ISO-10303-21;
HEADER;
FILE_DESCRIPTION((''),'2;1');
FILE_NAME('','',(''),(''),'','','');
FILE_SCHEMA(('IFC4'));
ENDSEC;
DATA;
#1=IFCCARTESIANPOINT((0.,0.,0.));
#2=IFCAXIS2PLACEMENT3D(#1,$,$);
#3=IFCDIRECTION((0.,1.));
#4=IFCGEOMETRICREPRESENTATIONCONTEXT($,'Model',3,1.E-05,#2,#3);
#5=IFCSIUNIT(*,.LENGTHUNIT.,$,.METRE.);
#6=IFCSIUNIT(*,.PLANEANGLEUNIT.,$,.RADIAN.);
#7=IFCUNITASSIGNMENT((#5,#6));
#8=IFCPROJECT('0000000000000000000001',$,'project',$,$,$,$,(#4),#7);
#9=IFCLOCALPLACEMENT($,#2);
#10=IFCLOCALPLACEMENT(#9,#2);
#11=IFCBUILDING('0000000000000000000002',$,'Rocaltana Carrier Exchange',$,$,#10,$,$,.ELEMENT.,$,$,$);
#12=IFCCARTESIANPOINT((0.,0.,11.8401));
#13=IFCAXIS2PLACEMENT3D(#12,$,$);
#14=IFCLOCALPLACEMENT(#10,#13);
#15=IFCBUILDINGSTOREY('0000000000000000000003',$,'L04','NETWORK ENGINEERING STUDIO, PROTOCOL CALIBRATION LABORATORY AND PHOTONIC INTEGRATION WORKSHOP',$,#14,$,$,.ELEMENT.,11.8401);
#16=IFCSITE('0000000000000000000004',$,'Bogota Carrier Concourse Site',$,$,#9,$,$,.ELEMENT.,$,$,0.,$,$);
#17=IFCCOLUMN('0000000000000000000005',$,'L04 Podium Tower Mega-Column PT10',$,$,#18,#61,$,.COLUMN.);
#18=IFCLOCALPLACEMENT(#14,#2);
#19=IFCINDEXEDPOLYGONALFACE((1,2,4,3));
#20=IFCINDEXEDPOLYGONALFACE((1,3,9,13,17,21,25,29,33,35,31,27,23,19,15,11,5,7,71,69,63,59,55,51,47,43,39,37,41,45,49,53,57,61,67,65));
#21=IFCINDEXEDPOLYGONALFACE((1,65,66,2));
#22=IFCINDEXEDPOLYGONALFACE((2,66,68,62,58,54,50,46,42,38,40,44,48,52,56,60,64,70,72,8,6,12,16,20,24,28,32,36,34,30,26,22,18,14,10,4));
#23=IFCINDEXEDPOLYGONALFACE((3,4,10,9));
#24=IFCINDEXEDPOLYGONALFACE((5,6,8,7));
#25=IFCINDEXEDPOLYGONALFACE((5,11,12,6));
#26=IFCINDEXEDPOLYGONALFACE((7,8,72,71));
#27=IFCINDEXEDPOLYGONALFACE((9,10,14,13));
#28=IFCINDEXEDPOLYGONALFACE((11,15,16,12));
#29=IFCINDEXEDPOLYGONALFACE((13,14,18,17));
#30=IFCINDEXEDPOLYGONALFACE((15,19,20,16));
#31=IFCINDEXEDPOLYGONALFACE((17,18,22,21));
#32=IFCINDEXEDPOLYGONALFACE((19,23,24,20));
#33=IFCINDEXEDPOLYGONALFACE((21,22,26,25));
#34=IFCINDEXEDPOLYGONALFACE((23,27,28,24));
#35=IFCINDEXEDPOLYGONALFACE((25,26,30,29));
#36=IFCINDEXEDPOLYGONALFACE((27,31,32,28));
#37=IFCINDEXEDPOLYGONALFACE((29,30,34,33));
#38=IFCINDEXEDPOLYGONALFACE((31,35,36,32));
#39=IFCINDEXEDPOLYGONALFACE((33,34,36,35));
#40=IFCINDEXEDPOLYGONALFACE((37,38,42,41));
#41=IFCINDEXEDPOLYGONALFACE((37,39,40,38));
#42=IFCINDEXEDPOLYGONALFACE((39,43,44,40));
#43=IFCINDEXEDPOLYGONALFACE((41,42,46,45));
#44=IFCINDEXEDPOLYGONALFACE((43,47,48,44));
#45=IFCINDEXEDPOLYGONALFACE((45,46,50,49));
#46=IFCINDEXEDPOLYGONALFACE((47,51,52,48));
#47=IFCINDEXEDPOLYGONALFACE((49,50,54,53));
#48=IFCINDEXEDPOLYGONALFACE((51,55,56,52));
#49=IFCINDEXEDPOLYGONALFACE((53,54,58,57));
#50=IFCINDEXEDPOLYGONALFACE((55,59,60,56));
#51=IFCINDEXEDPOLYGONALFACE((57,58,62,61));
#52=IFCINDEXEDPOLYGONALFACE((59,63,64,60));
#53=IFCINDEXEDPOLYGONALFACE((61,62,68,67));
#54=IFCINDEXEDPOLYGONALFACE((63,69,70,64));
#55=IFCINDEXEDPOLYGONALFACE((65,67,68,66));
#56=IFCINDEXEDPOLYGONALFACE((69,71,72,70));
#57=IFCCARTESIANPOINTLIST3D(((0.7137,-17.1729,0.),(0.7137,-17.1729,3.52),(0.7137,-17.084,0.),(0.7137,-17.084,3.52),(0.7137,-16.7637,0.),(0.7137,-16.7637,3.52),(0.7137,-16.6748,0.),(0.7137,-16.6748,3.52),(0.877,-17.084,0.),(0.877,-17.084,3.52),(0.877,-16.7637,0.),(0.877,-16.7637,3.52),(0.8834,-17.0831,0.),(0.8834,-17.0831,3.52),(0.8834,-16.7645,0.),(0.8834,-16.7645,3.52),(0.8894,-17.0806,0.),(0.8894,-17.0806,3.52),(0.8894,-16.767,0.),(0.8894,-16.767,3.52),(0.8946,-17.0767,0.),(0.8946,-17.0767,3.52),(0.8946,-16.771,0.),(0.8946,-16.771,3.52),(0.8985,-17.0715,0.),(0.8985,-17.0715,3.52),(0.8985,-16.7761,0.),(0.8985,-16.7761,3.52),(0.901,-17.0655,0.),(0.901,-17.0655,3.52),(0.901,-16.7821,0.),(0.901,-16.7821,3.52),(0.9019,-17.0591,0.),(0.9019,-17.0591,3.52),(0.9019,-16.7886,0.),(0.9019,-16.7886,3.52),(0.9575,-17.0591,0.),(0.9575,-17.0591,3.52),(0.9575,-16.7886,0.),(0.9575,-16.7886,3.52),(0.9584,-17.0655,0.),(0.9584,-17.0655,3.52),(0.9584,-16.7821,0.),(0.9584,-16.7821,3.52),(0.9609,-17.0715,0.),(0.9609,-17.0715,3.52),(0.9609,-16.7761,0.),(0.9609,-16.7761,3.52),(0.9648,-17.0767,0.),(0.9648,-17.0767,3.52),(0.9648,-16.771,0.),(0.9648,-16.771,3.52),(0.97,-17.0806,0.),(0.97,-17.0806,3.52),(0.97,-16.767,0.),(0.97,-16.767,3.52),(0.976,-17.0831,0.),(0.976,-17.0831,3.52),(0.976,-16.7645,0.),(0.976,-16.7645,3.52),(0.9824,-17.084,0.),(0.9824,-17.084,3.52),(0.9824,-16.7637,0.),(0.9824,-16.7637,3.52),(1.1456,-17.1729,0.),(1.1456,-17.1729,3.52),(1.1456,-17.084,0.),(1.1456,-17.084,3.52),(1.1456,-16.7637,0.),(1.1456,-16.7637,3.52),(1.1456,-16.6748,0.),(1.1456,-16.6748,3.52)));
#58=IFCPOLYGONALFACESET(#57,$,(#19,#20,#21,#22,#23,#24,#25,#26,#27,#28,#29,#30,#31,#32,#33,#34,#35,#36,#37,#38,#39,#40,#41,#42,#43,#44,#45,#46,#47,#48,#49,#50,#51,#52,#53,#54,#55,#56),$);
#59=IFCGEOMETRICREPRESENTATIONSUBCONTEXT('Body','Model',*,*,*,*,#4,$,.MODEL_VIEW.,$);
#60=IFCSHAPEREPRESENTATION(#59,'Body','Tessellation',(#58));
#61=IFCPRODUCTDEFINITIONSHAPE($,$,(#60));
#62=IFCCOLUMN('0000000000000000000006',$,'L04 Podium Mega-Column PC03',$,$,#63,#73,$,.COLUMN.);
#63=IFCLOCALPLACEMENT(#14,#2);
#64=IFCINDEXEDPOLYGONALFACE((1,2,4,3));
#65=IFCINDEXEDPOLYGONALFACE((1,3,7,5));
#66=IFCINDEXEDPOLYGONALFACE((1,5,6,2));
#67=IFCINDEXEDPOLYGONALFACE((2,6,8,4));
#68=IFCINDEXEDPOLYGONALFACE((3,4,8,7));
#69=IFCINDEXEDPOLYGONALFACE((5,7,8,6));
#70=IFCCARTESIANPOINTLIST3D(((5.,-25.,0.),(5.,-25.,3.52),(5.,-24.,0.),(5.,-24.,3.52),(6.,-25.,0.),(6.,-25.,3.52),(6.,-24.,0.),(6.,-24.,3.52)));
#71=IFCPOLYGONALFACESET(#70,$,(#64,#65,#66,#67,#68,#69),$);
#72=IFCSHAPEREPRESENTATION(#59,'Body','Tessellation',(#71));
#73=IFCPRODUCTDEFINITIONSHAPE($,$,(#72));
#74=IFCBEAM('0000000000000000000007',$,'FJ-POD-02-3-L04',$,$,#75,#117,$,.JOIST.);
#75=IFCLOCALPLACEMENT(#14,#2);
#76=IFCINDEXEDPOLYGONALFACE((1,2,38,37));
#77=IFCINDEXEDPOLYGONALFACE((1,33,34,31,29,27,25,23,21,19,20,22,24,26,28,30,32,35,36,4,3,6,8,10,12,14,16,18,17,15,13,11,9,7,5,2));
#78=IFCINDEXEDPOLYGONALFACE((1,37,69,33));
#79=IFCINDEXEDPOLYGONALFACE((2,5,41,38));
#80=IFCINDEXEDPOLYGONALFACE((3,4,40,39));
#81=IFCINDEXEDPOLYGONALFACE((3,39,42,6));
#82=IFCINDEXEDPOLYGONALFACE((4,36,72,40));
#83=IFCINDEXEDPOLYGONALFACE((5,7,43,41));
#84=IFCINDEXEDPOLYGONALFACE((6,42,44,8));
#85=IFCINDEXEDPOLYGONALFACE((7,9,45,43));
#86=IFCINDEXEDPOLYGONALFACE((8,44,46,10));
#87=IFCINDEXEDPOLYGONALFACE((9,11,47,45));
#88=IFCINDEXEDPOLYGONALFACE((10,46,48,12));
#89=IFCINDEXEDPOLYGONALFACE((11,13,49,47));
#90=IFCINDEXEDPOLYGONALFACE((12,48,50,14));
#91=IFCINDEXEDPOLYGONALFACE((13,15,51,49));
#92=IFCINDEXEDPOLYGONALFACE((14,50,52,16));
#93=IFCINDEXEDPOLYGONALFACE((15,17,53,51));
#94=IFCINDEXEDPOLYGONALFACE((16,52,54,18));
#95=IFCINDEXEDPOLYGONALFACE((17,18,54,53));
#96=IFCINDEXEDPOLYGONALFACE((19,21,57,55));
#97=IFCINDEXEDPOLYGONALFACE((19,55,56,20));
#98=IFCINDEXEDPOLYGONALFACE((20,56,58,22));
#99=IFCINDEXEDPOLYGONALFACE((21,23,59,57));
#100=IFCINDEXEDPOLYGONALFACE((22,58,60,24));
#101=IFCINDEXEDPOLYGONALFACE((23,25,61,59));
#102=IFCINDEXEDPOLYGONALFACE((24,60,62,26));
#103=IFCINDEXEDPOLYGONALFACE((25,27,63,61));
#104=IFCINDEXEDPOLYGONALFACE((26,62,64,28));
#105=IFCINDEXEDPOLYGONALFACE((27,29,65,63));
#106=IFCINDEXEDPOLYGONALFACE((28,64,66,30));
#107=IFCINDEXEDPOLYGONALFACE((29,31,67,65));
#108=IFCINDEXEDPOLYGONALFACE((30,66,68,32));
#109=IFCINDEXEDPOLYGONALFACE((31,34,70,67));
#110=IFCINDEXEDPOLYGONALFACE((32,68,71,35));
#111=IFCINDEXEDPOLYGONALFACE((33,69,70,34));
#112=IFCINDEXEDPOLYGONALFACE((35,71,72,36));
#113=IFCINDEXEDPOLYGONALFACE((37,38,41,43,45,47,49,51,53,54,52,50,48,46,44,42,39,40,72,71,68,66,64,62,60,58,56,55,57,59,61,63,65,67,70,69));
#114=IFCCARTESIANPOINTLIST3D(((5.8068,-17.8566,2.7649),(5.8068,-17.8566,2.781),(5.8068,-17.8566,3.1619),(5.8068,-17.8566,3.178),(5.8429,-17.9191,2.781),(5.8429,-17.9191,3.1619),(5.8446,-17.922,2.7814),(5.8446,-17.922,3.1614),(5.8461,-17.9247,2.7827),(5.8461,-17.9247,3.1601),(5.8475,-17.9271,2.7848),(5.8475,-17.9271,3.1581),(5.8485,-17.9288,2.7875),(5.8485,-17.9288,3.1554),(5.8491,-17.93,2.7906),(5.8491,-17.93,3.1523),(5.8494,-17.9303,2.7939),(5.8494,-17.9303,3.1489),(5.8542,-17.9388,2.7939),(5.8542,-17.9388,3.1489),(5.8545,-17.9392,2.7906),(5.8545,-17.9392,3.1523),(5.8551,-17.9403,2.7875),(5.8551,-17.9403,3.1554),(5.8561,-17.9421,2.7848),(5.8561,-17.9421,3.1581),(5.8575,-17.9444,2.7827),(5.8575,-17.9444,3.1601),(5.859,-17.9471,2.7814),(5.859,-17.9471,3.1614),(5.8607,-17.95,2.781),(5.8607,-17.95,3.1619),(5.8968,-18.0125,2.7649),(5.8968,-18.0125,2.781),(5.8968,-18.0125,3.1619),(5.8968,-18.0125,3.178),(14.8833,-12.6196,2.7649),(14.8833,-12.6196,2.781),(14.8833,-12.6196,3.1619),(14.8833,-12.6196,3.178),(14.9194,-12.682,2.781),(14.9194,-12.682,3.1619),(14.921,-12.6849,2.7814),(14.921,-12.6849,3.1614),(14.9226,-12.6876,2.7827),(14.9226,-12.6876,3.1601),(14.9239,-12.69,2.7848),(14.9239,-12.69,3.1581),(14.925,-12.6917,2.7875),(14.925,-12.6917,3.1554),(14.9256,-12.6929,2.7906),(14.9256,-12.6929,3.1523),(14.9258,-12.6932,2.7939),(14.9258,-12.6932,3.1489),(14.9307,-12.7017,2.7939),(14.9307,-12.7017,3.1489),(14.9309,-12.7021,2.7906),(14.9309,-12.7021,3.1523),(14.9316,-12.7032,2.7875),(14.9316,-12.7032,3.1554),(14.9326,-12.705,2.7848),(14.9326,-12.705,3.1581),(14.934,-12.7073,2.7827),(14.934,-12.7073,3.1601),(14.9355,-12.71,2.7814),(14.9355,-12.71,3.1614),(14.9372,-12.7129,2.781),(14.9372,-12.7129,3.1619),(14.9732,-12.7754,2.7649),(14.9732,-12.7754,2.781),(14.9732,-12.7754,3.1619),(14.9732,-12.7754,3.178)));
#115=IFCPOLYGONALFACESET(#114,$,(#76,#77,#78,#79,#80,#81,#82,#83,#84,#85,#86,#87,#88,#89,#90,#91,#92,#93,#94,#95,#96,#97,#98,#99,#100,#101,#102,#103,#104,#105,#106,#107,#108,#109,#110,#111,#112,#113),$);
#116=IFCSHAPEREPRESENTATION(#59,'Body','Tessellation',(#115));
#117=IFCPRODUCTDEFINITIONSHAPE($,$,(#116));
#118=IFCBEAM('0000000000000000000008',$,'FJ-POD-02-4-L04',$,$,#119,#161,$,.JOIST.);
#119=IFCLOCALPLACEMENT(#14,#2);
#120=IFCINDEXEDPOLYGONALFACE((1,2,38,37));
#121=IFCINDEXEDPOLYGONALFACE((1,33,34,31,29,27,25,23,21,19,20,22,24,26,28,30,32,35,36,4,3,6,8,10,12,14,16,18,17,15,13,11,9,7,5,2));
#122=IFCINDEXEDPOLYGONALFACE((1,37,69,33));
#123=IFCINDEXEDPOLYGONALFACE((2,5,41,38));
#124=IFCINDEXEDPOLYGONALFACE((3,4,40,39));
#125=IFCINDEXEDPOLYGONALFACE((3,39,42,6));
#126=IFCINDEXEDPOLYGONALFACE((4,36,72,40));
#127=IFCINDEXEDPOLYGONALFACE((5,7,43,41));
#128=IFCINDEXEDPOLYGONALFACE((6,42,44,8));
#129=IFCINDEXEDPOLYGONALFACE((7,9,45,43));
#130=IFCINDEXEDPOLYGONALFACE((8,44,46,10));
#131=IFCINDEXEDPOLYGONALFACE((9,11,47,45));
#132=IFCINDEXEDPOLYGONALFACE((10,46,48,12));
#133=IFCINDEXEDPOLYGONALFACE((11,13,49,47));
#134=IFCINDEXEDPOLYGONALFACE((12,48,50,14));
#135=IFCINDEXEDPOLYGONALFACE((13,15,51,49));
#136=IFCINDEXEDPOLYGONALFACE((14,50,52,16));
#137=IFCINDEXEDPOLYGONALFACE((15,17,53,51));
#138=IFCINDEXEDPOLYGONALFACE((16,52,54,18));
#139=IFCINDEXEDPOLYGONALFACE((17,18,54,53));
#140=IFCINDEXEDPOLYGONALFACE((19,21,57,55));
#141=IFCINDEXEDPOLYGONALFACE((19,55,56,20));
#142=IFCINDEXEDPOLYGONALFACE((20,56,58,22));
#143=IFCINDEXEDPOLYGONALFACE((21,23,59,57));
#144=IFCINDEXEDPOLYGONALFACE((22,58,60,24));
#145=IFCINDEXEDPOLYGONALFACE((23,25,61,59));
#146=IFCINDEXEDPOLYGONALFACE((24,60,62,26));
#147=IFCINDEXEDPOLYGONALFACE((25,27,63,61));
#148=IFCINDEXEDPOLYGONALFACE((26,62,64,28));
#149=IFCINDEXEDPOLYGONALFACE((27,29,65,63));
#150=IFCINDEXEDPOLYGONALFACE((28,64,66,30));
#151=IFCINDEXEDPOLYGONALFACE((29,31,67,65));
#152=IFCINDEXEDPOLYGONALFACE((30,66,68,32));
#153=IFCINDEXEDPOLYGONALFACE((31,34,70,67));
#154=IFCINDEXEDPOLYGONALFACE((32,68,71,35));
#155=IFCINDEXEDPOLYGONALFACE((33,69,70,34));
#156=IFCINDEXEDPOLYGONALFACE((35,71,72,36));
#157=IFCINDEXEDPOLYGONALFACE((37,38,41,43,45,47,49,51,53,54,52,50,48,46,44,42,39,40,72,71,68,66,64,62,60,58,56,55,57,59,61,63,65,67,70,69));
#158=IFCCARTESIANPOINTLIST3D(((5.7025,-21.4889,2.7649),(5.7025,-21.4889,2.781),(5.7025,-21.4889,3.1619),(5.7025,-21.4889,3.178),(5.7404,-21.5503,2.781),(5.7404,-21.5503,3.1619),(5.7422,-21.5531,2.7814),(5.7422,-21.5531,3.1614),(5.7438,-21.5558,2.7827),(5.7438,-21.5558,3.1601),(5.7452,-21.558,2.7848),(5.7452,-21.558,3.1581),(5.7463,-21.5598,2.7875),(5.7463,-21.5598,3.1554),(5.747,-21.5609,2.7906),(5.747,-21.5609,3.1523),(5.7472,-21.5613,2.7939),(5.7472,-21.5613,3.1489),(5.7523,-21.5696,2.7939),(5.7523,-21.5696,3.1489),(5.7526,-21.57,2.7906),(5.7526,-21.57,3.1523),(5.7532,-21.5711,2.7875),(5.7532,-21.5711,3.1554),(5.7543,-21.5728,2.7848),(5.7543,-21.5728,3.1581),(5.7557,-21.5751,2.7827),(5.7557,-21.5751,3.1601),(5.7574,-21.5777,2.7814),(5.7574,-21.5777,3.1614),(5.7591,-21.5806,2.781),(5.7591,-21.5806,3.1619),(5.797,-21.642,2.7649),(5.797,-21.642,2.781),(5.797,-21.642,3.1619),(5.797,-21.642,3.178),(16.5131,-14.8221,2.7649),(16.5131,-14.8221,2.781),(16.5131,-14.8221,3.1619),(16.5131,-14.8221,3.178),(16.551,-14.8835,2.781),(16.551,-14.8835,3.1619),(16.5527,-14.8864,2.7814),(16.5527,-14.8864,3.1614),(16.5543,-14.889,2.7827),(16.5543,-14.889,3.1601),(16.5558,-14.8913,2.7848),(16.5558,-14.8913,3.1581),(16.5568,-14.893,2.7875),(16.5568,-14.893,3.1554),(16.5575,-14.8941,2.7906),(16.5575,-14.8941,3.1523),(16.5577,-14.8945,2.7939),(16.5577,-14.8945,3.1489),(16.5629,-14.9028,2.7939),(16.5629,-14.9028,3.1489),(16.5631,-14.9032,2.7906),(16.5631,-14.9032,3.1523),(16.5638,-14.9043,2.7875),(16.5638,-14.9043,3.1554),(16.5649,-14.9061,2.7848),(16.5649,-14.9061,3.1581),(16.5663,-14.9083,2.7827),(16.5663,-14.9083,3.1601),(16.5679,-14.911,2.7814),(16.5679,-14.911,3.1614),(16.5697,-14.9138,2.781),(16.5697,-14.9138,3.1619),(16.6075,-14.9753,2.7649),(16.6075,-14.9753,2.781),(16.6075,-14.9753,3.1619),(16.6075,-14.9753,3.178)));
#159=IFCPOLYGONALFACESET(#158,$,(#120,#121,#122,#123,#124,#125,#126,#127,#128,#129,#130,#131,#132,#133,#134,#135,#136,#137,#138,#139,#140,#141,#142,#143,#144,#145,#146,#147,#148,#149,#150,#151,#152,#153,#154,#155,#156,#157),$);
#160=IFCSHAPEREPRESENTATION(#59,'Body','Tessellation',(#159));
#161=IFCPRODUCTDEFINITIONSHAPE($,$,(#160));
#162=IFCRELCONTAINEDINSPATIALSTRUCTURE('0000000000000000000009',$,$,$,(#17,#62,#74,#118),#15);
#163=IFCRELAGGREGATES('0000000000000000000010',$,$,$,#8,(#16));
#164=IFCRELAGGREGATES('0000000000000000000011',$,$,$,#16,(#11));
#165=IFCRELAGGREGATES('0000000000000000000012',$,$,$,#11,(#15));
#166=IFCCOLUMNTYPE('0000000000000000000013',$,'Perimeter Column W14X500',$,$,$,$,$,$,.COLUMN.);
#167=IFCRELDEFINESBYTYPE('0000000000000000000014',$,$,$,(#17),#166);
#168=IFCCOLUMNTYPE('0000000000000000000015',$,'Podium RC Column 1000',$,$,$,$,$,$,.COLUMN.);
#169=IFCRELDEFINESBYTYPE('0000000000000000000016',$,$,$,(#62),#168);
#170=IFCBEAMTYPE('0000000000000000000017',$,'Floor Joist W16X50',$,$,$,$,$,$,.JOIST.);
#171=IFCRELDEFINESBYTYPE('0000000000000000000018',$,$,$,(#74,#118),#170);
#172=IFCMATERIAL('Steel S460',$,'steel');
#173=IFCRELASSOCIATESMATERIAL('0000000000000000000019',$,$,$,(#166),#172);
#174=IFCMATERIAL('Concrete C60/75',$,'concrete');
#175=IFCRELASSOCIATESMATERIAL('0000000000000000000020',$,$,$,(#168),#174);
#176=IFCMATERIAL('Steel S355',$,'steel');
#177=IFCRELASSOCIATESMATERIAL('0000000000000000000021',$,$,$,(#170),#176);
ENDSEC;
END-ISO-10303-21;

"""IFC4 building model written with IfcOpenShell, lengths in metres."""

from ifc_helpers import new_model, si_unit, direction, frame, origin, origin_2d, place, context, subcontext, project, spatial, rectangle, i_section, extrude, material, material_profile, profile_set, type_object, element, save


model = new_model("IFC4")

# Units and contexts
model_context = context("Model", 3, precision=1e-05, world=origin(), true_north=direction((0.0, 1.0)))
body_context = subcontext(model_context, "Body", "Model", "MODEL_VIEW")
ifc_project = project(units=[si_unit("LENGTHUNIT", "METRE"), si_unit("PLANEANGLEUNIT", "RADIAN")], contexts=[model_context])

# Site, building, storey
site_placement = place(None, origin())
site = spatial("IfcSite", under=ifc_project, at=site_placement, Name="Bogota Carrier Concourse Site", CompositionType="ELEMENT", RefElevation=0.0)
building_placement = place(site_placement, origin())
building = spatial("IfcBuilding", under=site, at=building_placement, Name="Rocaltana Carrier Exchange", CompositionType="ELEMENT")
storey_placement = place(building_placement, frame((0.0, 0.0, 11.8401)))
storey = spatial("IfcBuildingStorey", under=building, at=storey_placement, Name="L04", Description="NETWORK ENGINEERING STUDIO, PROTOCOL CALIBRATION LABORATORY AND PHOTONIC INTEGRATION WORKSHOP", CompositionType="ELEMENT", Elevation=11.8401)

# Columns
ifc_material_1 = material(Name="Steel S460", Category="steel")
ifc_material_profile_1 = material_profile(ifc_material_1, i_section(OverallWidth=0.4319, OverallDepth=0.498, WebThickness=0.0557, FlangeThickness=0.0889, FilletRadius=0.0249, at=origin_2d()), Name="W14X500")
ifc_profile_set_1 = profile_set([ifc_material_profile_1], Name="Steel S460")
column_type_1 = type_object("IfcColumnType", Name="Perimeter Column W14X500", PredefinedType="COLUMN", material=ifc_profile_set_1)
column_1_placement = place(storey_placement, frame((0.9297, -16.9238, 0.0), z_axis=(0.0, 0.0, 1.0), x_axis=(1.0, 0.0, 0.0)))
element("IfcColumn", 1, at=column_1_placement, inside=storey, type_object=column_type_1, Name="L04 Podium Tower Mega-Column PT10", PredefinedType="COLUMN", context=body_context, shape_type="SweptSolid", body=[
    extrude(i_section(OverallWidth=0.4319, OverallDepth=0.498, WebThickness=0.0557, FlangeThickness=0.0889, FilletRadius=0.0249, at=origin_2d()), origin(), (0.0, 0.0, 1.0), 3.52),
])
ifc_material_2 = material(Name="Concrete C60/75", Category="concrete")
ifc_material_profile_2 = material_profile(ifc_material_2, rectangle(XDim=1.0, YDim=1.0, at=origin_2d()), Name="RC-COL-1000X1000")
ifc_profile_set_2 = profile_set([ifc_material_profile_2], Name="Concrete C60/75")
column_type_2 = type_object("IfcColumnType", Name="Podium RC Column 1000", PredefinedType="COLUMN", material=ifc_profile_set_2)
column_2_placement = place(storey_placement, frame((5.5, -24.5, 0.0), z_axis=(0.0, 0.0, 1.0), x_axis=(1.0, 0.0, 0.0)))
element("IfcColumn", 2, at=column_2_placement, inside=storey, type_object=column_type_2, Name="L04 Podium Mega-Column PC03", PredefinedType="COLUMN", context=body_context, shape_type="SweptSolid", body=[
    extrude(rectangle(XDim=1.0, YDim=1.0, at=origin_2d()), origin(), (0.0, 0.0, 1.0), 3.52),
])

# Beams
ifc_material_3 = material(Name="Steel S355", Category="steel")
ifc_material_profile_3 = material_profile(ifc_material_3, i_section(OverallWidth=0.1799, OverallDepth=0.4131, WebThickness=0.0098, FlangeThickness=0.0161, FilletRadius=0.0129, at=origin_2d()), Name="W16X50")
ifc_profile_set_3 = profile_set([ifc_material_profile_3], Name="Steel S355")
beam_type_1 = type_object("IfcBeamType", Name="Floor Joist W16X50", PredefinedType="JOIST", material=ifc_profile_set_3)
beam_1_placement = place(storey_placement, frame((5.8518, -17.9346, 2.9714), z_axis=(0.866158, 0.49977, 0.0), x_axis=(-0.49977, 0.866158, 0.0)))
element("IfcBeam", 3, at=beam_1_placement, inside=storey, type_object=beam_type_1, Name="FJ-POD-02-3-L04", PredefinedType="JOIST", context=body_context, shape_type="SweptSolid", body=[
    extrude(i_section(OverallWidth=0.1799, OverallDepth=0.4131, WebThickness=0.0098, FlangeThickness=0.0161, FilletRadius=0.0129, at=origin_2d()), origin(), (0.0, 0.0, 1.0), 10.479),
])
beam_2_placement = place(storey_placement, frame((5.7498, -21.5654, 2.9714), z_axis=(0.851162, 0.524903, 0.0), x_axis=(-0.524903, 0.851162, 0.0)))
element("IfcBeam", 4, at=beam_2_placement, inside=storey, type_object=beam_type_1, Name="FJ-POD-02-4-L04", PredefinedType="JOIST", context=body_context, shape_type="SweptSolid", body=[
    extrude(i_section(OverallWidth=0.1799, OverallDepth=0.4131, WebThickness=0.0098, FlangeThickness=0.0161, FilletRadius=0.0129, at=origin_2d()), origin(), (0.0, 0.0, 1.0), 12.7009),
])

save(model, "model.ifc")
